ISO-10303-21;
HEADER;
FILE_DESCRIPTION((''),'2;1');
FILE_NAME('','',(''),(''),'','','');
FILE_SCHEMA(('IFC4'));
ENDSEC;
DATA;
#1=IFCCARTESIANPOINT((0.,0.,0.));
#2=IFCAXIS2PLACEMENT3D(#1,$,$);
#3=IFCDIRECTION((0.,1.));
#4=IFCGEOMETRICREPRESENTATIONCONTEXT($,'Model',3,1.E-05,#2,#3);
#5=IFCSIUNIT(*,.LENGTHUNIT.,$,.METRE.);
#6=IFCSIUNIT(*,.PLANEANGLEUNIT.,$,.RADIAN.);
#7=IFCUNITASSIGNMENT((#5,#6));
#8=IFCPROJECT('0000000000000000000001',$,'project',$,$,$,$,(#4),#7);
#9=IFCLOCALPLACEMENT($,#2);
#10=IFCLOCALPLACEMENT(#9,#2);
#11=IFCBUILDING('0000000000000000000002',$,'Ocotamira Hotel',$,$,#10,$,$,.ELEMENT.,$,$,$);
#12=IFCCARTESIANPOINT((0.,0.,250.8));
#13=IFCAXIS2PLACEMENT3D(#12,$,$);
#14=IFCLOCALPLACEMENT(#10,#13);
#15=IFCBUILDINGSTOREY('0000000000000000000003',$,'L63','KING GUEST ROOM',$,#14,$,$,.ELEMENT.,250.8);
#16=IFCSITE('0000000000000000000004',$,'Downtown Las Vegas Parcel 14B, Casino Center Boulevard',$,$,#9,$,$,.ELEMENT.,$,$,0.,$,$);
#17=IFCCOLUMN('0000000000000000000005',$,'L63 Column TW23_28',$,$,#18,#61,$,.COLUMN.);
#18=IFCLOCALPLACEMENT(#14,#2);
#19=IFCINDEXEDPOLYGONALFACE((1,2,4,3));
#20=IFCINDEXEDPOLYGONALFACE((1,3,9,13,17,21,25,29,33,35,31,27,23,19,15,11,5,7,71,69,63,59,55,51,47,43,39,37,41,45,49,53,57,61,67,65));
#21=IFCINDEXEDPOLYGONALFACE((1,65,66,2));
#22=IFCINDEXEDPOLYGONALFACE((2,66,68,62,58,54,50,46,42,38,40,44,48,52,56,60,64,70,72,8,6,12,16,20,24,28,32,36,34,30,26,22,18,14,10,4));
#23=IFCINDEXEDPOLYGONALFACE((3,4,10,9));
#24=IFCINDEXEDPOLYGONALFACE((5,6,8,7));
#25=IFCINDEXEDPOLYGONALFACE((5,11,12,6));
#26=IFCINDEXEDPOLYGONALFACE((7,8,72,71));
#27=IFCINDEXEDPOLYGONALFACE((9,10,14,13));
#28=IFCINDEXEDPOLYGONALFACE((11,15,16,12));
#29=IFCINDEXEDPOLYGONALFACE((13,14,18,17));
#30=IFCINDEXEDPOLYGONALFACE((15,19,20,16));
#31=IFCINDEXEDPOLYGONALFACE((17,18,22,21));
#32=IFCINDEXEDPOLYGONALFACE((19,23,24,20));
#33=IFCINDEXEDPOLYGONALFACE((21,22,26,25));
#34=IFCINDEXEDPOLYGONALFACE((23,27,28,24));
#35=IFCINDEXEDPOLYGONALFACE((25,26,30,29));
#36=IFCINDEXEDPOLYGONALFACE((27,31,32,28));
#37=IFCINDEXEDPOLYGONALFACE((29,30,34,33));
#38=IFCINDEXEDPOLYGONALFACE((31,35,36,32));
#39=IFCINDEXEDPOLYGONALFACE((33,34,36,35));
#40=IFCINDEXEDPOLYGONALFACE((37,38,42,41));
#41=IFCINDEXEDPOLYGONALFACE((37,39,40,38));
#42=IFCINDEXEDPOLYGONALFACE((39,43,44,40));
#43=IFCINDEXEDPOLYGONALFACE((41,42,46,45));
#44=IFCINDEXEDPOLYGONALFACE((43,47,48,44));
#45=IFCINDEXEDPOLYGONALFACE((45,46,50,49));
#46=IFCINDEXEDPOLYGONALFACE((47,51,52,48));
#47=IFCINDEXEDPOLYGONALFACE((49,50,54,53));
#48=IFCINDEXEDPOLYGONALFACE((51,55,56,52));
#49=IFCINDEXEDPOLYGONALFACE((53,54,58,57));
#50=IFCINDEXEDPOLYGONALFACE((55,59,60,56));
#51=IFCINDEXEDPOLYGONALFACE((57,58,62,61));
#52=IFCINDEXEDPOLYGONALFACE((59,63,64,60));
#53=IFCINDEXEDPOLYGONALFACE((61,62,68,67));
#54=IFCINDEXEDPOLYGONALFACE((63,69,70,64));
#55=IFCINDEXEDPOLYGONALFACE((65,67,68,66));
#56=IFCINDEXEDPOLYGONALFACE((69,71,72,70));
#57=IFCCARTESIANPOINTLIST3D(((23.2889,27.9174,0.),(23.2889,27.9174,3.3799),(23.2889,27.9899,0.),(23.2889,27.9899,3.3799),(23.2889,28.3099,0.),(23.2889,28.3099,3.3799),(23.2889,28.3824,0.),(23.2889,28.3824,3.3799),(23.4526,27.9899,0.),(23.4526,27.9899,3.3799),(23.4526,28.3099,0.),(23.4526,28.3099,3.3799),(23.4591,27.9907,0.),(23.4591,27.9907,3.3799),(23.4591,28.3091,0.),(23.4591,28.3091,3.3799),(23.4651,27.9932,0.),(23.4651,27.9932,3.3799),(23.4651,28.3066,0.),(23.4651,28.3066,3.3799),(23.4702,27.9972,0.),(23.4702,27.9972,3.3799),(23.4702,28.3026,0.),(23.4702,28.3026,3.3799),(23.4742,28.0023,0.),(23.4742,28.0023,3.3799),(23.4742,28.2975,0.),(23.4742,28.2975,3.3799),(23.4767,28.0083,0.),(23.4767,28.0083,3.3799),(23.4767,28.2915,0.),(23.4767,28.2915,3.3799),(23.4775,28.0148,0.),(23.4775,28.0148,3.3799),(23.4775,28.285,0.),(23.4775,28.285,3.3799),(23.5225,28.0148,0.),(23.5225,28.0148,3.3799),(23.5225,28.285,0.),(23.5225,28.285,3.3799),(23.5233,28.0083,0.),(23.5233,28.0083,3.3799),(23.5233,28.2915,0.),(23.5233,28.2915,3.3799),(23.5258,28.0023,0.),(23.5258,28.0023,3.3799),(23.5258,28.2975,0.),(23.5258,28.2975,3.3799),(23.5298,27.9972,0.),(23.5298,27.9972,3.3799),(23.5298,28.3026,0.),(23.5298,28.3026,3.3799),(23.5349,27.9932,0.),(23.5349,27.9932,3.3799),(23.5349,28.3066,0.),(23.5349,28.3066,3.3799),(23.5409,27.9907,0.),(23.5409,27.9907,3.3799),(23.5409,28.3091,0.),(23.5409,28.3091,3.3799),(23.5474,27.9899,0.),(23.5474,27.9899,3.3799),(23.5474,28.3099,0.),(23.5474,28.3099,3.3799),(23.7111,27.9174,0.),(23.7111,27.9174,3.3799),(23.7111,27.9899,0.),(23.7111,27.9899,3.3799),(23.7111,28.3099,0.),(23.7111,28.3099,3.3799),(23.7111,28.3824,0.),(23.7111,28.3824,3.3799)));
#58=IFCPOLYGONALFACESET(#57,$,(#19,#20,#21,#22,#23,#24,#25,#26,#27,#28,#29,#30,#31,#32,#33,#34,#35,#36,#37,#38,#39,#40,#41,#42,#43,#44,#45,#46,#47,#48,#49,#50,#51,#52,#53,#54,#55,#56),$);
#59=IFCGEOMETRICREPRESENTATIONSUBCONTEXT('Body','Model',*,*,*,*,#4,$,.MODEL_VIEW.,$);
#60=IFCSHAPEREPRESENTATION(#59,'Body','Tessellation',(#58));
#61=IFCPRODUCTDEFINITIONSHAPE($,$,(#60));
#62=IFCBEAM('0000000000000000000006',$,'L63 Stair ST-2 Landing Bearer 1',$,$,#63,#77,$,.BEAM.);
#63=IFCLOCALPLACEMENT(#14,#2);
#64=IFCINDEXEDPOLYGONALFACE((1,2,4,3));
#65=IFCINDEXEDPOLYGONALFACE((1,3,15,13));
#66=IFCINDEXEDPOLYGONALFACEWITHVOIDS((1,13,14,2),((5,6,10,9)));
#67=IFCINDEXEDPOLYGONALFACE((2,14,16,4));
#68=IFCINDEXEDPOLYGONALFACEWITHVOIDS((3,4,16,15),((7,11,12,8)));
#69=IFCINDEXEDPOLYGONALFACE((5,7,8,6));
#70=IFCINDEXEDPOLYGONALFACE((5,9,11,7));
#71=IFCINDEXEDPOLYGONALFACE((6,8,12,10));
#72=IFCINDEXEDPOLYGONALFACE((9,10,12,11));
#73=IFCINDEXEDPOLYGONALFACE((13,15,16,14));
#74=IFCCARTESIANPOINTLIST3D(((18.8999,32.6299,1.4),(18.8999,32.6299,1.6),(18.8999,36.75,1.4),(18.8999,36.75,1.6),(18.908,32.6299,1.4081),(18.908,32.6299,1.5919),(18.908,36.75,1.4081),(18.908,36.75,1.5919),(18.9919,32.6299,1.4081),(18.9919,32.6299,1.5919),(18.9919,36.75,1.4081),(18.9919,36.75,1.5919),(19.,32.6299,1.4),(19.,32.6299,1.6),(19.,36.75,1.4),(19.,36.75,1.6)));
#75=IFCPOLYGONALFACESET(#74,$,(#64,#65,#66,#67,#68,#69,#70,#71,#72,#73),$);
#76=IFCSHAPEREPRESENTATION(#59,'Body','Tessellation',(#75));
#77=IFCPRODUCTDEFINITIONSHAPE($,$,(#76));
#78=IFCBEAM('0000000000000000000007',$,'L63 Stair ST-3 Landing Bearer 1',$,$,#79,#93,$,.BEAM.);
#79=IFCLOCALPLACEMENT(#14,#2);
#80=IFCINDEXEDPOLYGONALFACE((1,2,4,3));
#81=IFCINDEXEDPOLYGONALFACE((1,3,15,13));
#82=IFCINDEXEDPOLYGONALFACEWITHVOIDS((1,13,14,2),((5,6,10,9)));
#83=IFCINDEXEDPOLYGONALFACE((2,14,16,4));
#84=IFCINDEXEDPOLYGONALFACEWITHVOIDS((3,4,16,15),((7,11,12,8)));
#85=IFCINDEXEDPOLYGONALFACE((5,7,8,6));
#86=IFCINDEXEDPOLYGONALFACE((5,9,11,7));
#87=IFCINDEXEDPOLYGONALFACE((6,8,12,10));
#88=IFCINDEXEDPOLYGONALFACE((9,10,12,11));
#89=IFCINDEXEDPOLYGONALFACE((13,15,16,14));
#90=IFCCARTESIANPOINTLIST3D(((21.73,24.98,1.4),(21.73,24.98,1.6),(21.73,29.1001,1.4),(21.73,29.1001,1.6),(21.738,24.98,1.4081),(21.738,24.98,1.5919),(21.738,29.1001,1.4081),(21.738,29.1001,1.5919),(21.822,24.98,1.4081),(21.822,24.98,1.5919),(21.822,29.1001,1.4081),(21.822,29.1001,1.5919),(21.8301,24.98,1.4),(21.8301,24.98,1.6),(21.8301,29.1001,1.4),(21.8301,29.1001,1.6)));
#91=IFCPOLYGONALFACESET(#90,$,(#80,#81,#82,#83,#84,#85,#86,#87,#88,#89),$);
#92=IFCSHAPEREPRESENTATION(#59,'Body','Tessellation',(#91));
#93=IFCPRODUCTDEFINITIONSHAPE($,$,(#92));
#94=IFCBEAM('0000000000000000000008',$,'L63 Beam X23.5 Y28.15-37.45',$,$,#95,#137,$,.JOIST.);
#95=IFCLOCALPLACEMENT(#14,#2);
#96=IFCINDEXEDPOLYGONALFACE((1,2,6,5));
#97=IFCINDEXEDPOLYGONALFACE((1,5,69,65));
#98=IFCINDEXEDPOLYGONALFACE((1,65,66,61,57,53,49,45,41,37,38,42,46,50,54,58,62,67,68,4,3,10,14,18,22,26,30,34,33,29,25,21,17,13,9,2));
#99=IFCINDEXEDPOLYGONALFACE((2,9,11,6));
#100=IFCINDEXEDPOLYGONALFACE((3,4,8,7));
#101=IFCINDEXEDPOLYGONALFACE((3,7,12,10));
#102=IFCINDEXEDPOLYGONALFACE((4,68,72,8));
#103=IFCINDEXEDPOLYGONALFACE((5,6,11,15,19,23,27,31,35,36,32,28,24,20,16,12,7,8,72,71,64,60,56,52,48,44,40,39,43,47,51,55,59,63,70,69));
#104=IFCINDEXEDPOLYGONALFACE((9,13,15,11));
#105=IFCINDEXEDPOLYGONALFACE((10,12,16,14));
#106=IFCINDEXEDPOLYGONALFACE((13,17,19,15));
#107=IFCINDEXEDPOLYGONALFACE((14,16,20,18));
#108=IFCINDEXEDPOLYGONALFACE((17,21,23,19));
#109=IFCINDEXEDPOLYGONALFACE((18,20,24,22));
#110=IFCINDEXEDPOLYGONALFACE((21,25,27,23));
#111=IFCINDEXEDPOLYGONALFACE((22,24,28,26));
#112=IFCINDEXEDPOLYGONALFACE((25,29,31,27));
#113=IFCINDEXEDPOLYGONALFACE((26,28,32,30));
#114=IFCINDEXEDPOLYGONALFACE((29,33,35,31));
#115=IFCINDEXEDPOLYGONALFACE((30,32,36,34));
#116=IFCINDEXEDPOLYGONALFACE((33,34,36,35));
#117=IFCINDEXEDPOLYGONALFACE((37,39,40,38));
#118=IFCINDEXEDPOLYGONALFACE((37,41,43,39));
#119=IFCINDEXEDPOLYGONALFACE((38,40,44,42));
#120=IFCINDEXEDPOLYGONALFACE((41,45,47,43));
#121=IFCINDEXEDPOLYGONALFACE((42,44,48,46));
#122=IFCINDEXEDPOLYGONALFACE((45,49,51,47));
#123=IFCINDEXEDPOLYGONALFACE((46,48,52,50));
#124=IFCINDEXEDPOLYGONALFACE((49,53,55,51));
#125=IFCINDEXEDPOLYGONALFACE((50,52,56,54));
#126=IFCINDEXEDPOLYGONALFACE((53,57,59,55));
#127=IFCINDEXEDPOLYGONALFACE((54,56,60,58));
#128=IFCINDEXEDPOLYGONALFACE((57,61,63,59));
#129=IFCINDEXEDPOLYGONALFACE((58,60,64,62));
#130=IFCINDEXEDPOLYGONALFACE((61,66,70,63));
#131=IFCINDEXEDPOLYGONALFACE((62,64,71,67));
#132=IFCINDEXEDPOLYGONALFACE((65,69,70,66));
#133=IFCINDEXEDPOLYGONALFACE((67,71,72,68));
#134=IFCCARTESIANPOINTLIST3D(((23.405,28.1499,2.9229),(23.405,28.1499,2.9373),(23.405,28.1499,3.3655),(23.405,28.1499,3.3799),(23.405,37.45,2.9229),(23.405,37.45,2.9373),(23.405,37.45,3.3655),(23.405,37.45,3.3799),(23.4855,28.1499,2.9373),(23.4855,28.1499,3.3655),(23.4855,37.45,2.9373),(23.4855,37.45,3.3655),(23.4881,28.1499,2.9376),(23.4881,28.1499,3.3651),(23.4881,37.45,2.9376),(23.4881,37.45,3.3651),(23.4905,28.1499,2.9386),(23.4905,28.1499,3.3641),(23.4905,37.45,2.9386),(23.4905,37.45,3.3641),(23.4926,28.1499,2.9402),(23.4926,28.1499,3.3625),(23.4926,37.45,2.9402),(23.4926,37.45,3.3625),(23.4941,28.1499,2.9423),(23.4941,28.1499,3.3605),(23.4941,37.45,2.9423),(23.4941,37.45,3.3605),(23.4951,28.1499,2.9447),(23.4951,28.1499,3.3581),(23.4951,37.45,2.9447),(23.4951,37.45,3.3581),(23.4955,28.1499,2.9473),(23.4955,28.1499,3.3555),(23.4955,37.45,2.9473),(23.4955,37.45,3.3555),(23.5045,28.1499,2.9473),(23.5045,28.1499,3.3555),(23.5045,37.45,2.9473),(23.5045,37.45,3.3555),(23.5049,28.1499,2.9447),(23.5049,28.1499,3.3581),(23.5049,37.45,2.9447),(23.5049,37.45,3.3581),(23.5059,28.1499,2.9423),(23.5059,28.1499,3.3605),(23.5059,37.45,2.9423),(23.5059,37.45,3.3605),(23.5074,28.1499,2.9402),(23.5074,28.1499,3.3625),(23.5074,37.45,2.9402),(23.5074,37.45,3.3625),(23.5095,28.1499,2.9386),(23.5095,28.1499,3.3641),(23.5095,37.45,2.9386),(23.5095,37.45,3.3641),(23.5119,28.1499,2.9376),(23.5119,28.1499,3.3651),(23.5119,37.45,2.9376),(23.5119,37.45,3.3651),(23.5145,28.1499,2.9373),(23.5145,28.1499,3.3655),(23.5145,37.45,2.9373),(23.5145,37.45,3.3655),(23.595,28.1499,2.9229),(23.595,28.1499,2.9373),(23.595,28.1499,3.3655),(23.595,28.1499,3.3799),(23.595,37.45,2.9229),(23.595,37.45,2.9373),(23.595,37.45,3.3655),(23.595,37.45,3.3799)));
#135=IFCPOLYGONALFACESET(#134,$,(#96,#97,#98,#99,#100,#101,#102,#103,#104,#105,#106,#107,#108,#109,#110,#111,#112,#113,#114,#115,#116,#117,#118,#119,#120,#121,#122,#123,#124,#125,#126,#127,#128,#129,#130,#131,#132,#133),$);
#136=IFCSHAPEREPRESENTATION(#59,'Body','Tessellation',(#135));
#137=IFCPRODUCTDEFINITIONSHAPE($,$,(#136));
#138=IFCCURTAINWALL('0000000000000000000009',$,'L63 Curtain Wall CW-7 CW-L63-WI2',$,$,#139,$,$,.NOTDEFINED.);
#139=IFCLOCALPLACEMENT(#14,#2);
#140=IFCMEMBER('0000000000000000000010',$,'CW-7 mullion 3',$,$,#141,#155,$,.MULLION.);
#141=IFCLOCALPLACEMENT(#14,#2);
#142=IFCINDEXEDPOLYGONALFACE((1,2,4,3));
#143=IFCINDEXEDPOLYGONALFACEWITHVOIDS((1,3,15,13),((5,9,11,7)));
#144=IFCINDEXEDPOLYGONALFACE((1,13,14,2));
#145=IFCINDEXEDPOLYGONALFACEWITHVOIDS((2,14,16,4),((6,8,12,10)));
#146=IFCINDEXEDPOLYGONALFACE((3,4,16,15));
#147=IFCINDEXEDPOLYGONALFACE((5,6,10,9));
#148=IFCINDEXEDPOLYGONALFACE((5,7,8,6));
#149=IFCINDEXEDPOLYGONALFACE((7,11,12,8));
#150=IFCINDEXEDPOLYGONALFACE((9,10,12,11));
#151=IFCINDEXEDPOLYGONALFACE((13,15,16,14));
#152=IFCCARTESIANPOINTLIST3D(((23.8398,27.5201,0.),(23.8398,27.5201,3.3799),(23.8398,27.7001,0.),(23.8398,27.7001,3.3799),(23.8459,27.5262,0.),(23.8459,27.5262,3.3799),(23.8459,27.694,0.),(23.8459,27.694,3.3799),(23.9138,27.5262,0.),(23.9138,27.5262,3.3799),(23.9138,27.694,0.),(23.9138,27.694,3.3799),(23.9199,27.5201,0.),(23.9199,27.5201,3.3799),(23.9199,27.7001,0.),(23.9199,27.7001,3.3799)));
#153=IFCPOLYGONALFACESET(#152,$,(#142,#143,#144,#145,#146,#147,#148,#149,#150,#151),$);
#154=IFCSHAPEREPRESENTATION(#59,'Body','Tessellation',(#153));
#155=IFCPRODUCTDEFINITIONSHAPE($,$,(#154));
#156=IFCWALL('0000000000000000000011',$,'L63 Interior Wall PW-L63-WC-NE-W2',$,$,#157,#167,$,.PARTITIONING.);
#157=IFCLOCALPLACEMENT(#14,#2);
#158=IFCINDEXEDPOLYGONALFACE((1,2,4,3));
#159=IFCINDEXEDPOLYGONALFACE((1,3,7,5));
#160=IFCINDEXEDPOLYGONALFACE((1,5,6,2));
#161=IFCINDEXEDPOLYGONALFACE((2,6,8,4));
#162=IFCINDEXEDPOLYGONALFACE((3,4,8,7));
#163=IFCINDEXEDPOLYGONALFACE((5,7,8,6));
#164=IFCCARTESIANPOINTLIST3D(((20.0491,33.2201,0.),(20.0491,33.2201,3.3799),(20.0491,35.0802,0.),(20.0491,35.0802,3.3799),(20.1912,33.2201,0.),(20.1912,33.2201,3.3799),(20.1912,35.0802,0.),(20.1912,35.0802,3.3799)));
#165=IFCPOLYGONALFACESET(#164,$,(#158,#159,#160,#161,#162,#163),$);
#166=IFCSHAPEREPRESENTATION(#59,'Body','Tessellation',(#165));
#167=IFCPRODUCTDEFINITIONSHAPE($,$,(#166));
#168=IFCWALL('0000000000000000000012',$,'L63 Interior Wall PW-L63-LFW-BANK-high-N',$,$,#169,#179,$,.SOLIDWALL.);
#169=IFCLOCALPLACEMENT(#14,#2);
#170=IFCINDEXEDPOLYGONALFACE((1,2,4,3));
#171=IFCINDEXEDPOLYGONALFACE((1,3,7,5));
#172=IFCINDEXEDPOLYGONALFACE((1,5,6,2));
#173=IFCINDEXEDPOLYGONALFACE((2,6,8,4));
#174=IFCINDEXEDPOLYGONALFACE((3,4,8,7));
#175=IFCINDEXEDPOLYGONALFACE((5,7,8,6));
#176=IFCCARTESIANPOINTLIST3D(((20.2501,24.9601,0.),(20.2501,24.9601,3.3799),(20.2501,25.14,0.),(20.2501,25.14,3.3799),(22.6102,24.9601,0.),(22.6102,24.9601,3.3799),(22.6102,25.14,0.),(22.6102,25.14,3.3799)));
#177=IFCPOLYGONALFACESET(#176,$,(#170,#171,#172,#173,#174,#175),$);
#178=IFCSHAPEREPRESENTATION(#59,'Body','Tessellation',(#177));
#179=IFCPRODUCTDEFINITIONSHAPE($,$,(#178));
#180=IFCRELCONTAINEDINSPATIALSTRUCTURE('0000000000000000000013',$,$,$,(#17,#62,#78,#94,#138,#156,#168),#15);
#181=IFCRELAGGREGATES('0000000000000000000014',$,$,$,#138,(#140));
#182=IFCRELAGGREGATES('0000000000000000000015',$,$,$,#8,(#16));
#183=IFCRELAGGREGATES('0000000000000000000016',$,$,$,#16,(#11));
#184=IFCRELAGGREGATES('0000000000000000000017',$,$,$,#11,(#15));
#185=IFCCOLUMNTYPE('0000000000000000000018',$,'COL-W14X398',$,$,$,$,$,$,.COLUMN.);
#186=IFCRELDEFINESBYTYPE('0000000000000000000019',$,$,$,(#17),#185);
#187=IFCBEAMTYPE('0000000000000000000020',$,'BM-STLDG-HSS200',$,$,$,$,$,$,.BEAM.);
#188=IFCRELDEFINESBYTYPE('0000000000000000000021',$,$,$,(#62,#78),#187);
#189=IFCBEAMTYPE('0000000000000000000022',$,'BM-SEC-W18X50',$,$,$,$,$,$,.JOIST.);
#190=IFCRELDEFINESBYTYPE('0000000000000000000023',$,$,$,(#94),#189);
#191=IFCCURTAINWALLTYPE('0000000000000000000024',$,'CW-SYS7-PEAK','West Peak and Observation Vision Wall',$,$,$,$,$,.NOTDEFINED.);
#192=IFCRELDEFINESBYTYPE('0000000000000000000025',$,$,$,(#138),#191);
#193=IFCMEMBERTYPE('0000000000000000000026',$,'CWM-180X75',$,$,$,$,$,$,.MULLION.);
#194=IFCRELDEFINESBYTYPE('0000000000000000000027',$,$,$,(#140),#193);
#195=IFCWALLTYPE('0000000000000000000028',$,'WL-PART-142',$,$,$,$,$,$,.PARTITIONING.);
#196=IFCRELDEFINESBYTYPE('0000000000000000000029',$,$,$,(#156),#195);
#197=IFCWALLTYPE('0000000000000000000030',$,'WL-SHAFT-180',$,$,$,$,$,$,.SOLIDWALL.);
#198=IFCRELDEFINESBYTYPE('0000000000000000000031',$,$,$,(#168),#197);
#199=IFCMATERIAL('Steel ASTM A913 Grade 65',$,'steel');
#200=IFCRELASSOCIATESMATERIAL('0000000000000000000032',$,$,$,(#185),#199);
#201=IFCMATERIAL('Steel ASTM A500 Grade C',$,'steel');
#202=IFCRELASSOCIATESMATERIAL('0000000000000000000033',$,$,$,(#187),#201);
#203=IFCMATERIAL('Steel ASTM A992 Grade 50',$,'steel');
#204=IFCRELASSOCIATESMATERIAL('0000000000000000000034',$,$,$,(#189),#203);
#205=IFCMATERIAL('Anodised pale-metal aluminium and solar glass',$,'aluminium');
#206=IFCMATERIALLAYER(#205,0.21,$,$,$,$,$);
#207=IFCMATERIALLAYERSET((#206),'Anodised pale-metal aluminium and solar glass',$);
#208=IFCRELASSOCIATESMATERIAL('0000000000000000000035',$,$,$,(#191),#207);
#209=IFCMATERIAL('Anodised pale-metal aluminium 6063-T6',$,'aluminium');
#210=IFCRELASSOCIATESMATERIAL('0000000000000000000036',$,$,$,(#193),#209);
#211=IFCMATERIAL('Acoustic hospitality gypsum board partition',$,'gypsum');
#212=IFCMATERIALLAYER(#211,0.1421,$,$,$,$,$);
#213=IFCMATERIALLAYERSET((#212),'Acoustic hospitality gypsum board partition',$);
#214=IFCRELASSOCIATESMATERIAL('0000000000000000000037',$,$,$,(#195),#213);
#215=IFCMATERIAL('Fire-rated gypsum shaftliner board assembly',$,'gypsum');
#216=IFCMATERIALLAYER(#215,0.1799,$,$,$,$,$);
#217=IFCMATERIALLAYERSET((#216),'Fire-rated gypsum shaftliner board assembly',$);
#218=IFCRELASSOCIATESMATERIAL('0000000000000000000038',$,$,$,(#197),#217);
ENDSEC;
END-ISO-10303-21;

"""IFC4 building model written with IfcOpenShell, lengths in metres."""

from ifc_helpers import new_model, si_unit, direction, frame, frame_2d, origin, origin_2d, place, context, subcontext, project, spatial, rectangle, hollow_rectangle, i_section, extrude, source, transform, mapped, material, layer, layer_set, material_profile, profile_set, type_object, element, aggregate, save


model = new_model("IFC4")

# Units and contexts
model_context = context("Model", 3, precision=1e-05, world=origin(), true_north=direction((0.0, 1.0)))
body_context = subcontext(model_context, "Body", "Model", "MODEL_VIEW")
ifc_project = project(units=[si_unit("LENGTHUNIT", "METRE"), si_unit("PLANEANGLEUNIT", "RADIAN")], contexts=[model_context])

# Site, building, storey
site_placement = place(None, origin())
site = spatial("IfcSite", under=ifc_project, at=site_placement, Name="Downtown Las Vegas Parcel 14B, Casino Center Boulevard", CompositionType="ELEMENT", RefElevation=0.0)
building_placement = place(site_placement, origin())
building = spatial("IfcBuilding", under=site, at=building_placement, Name="Ocotamira Hotel", CompositionType="ELEMENT")
storey_placement = place(building_placement, frame((0.0, 0.0, 250.8)))
storey = spatial("IfcBuildingStorey", under=building, at=storey_placement, Name="L63", Description="KING GUEST ROOM", CompositionType="ELEMENT", Elevation=250.8)

# Column
ifc_material_1 = material(Name="Steel ASTM A913 Grade 65", Category="steel")
ifc_material_profile_1 = material_profile(ifc_material_1, i_section(OverallWidth=0.4221, OverallDepth=0.4651, WebThickness=0.0449, FlangeThickness=0.0725, FilletRadius=0.0249, at=origin_2d()), Name="W14X398")
ifc_profile_set_1 = profile_set([ifc_material_profile_1], Name="Steel ASTM A913 Grade 65")
column_type = type_object("IfcColumnType", Name="COL-W14X398", PredefinedType="COLUMN", material=ifc_profile_set_1)
shared_shape_1 = source(origin(), body_context, "Body", "SweptSolid", [
    extrude(i_section(OverallWidth=0.4221, OverallDepth=0.4651, WebThickness=0.0449, FlangeThickness=0.0725, FilletRadius=0.0249, at=origin_2d()), origin(), (0.0, 0.0, 1.0), 3.3799),
])
column_placement = place(storey_placement, frame((23.5, 28.1499, 0.0), z_axis=(0.0, 0.0, 1.0), x_axis=(1.0, 0.0, 0.0)))
element("IfcColumn", 1, at=column_placement, inside=storey, type_object=column_type, Name="L63 Column TW23_28", PredefinedType="COLUMN", context=body_context, shape_type="MappedRepresentation", body=[
    mapped(shared_shape_1, transform((0.0, 0.0, 0.0), scale=1.0)),
])

# Beams
ifc_material_2 = material(Name="Steel ASTM A500 Grade C", Category="steel")
ifc_material_profile_2 = material_profile(ifc_material_2, hollow_rectangle(XDim=0.1001, YDim=0.2, WallThickness=0.0081, at=origin_2d()), Name="HSS200X100X8")
ifc_profile_set_2 = profile_set([ifc_material_profile_2], Name="Steel ASTM A500 Grade C")
beam_type_1 = type_object("IfcBeamType", Name="BM-STLDG-HSS200", PredefinedType="BEAM", material=ifc_profile_set_2)
shared_shape_2 = source(origin(), body_context, "Body", "SweptSolid", [
    extrude(hollow_rectangle(XDim=0.1001, YDim=0.2, WallThickness=0.0081, at=origin_2d()), origin(), (0.0, 0.0, 1.0), 4.1201),
])
for number, where, z_axis, x_axis, name in (
    (2, (18.95, 32.6299, 1.5), (0.0, 1.0, 0.0), (-1.0, 0.0, 0.0), "L63 Stair ST-2 Landing Bearer 1"),
    (3, (21.78, 24.98, 1.5), (0.0, 1.0, 0.0), (-1.0, 0.0, 0.0), "L63 Stair ST-3 Landing Bearer 1"),
):
    element("IfcBeam", number, at=place(storey_placement, frame(where, z_axis=z_axis, x_axis=x_axis)), inside=storey, type_object=beam_type_1, Name=name, PredefinedType="BEAM", context=body_context, shape_type="MappedRepresentation", body=[
        mapped(shared_shape_2, transform((0.0, 0.0, 0.0), scale=1.0)),
    ])
ifc_material_3 = material(Name="Steel ASTM A992 Grade 50", Category="steel")
ifc_material_profile_3 = material_profile(ifc_material_3, i_section(OverallWidth=0.1899, OverallDepth=0.457, WebThickness=0.009, FlangeThickness=0.0144, FilletRadius=0.01, at=origin_2d()), Name="W18X50")
ifc_profile_set_3 = profile_set([ifc_material_profile_3], Name="Steel ASTM A992 Grade 50")
beam_type_2 = type_object("IfcBeamType", Name="BM-SEC-W18X50", PredefinedType="JOIST", material=ifc_profile_set_3)
shared_shape_3 = source(origin(), body_context, "Body", "SweptSolid", [
    extrude(i_section(OverallWidth=0.1899, OverallDepth=0.457, WebThickness=0.009, FlangeThickness=0.0144, FilletRadius=0.01, at=origin_2d()), origin(), (0.0, 0.0, 1.0), 9.3),
])
beam_placement = place(storey_placement, frame((23.5, 28.1499, 3.1514), z_axis=(0.0, 1.0, 0.0), x_axis=(-1.0, 0.0, 0.0)))
element("IfcBeam", 4, at=beam_placement, inside=storey, type_object=beam_type_2, Name="L63 Beam X23.5 Y28.15-37.45", PredefinedType="JOIST", context=body_context, shape_type="MappedRepresentation", body=[
    mapped(shared_shape_3, transform((0.0, 0.0, 0.0), scale=1.0)),
])

# Curtain wall, member
ifc_material_4 = material(Name="Anodised pale-metal aluminium and solar glass", Category="aluminium")
ifc_layer_1 = layer(ifc_material_4, 0.21)
ifc_layer_set_1 = layer_set([ifc_layer_1], Name="Anodised pale-metal aluminium and solar glass")
curtain_wall_type = type_object("IfcCurtainWallType", Name="CW-SYS7-PEAK", Description="West Peak and Observation Vision Wall", PredefinedType="NOTDEFINED", material=ifc_layer_set_1)
curtain_wall_placement = place(storey_placement, origin())
curtain_wall = element("IfcCurtainWall", 5, at=curtain_wall_placement, inside=storey, type_object=curtain_wall_type, Name="L63 Curtain Wall CW-7 CW-L63-WI2", PredefinedType="NOTDEFINED")
ifc_material_5 = material(Name="Anodised pale-metal aluminium 6063-T6", Category="aluminium")
ifc_material_profile_4 = material_profile(ifc_material_5, hollow_rectangle(XDim=0.0801, YDim=0.1799, WallThickness=0.0061, at=origin_2d()), Name="HSS180X80X6")
ifc_profile_set_4 = profile_set([ifc_material_profile_4], Name="Anodised pale-metal aluminium 6063-T6")
member_type = type_object("IfcMemberType", Name="CWM-180X75", PredefinedType="MULLION", material=ifc_profile_set_4)
shared_shape_4 = source(origin(), body_context, "Body", "SweptSolid", [
    extrude(hollow_rectangle(XDim=0.0801, YDim=0.1799, WallThickness=0.0061, at=origin_2d()), origin(), (0.0, 0.0, 1.0), 3.3799),
])
member_placement = place(storey_placement, frame((23.8799, 27.6101, 0.0), z_axis=(0.0, 0.0, 1.0), x_axis=(-1.0, 0.0, 0.0)))
member = element("IfcMember", 6, at=member_placement, type_object=member_type, Name="CW-7 mullion 3", PredefinedType="MULLION", context=body_context, shape_type="MappedRepresentation", body=[
    mapped(shared_shape_4, transform((0.0, 0.0, 0.0), scale=1.0)),
])
aggregate(curtain_wall, [member])

# Walls
ifc_material_6 = material(Name="Acoustic hospitality gypsum board partition", Category="gypsum")
ifc_layer_2 = layer(ifc_material_6, 0.1421)
ifc_layer_set_2 = layer_set([ifc_layer_2], Name="Acoustic hospitality gypsum board partition")
wall_type_1 = type_object("IfcWallType", Name="WL-PART-142", PredefinedType="PARTITIONING", material=ifc_layer_set_2)
wall_1_placement = place(storey_placement, frame((20.1201, 33.22, 0.0), z_axis=(0.0, 0.0, 1.0), x_axis=(0.0, 1.0, 0.0)))
element("IfcWall", 7, at=wall_1_placement, inside=storey, type_object=wall_type_1, Name="L63 Interior Wall PW-L63-WC-NE-W2", PredefinedType="PARTITIONING", context=body_context, shape_type="SweptSolid", body=[
    extrude(rectangle(XDim=1.8601, YDim=0.1421, at=frame_2d((0.9302, 0.0))), origin(), (0.0, 0.0, 1.0), 3.3799),
])
ifc_material_7 = material(Name="Fire-rated gypsum shaftliner board assembly", Category="gypsum")
ifc_layer_3 = layer(ifc_material_7, 0.1799)
ifc_layer_set_3 = layer_set([ifc_layer_3], Name="Fire-rated gypsum shaftliner board assembly")
wall_type_2 = type_object("IfcWallType", Name="WL-SHAFT-180", PredefinedType="SOLIDWALL", material=ifc_layer_set_3)
wall_2_placement = place(storey_placement, frame((20.25, 25.05, 0.0), z_axis=(0.0, 0.0, 1.0), x_axis=(1.0, 0.0, 0.0)))
element("IfcWall", 8, at=wall_2_placement, inside=storey, type_object=wall_type_2, Name="L63 Interior Wall PW-L63-LFW-BANK-high-N", PredefinedType="SOLIDWALL", context=body_context, shape_type="SweptSolid", body=[
    extrude(rectangle(XDim=2.3601, YDim=0.1799, at=frame_2d((1.1802, 0.0))), origin(), (0.0, 0.0, 1.0), 3.3799),
])

save(model, "model.ifc")
